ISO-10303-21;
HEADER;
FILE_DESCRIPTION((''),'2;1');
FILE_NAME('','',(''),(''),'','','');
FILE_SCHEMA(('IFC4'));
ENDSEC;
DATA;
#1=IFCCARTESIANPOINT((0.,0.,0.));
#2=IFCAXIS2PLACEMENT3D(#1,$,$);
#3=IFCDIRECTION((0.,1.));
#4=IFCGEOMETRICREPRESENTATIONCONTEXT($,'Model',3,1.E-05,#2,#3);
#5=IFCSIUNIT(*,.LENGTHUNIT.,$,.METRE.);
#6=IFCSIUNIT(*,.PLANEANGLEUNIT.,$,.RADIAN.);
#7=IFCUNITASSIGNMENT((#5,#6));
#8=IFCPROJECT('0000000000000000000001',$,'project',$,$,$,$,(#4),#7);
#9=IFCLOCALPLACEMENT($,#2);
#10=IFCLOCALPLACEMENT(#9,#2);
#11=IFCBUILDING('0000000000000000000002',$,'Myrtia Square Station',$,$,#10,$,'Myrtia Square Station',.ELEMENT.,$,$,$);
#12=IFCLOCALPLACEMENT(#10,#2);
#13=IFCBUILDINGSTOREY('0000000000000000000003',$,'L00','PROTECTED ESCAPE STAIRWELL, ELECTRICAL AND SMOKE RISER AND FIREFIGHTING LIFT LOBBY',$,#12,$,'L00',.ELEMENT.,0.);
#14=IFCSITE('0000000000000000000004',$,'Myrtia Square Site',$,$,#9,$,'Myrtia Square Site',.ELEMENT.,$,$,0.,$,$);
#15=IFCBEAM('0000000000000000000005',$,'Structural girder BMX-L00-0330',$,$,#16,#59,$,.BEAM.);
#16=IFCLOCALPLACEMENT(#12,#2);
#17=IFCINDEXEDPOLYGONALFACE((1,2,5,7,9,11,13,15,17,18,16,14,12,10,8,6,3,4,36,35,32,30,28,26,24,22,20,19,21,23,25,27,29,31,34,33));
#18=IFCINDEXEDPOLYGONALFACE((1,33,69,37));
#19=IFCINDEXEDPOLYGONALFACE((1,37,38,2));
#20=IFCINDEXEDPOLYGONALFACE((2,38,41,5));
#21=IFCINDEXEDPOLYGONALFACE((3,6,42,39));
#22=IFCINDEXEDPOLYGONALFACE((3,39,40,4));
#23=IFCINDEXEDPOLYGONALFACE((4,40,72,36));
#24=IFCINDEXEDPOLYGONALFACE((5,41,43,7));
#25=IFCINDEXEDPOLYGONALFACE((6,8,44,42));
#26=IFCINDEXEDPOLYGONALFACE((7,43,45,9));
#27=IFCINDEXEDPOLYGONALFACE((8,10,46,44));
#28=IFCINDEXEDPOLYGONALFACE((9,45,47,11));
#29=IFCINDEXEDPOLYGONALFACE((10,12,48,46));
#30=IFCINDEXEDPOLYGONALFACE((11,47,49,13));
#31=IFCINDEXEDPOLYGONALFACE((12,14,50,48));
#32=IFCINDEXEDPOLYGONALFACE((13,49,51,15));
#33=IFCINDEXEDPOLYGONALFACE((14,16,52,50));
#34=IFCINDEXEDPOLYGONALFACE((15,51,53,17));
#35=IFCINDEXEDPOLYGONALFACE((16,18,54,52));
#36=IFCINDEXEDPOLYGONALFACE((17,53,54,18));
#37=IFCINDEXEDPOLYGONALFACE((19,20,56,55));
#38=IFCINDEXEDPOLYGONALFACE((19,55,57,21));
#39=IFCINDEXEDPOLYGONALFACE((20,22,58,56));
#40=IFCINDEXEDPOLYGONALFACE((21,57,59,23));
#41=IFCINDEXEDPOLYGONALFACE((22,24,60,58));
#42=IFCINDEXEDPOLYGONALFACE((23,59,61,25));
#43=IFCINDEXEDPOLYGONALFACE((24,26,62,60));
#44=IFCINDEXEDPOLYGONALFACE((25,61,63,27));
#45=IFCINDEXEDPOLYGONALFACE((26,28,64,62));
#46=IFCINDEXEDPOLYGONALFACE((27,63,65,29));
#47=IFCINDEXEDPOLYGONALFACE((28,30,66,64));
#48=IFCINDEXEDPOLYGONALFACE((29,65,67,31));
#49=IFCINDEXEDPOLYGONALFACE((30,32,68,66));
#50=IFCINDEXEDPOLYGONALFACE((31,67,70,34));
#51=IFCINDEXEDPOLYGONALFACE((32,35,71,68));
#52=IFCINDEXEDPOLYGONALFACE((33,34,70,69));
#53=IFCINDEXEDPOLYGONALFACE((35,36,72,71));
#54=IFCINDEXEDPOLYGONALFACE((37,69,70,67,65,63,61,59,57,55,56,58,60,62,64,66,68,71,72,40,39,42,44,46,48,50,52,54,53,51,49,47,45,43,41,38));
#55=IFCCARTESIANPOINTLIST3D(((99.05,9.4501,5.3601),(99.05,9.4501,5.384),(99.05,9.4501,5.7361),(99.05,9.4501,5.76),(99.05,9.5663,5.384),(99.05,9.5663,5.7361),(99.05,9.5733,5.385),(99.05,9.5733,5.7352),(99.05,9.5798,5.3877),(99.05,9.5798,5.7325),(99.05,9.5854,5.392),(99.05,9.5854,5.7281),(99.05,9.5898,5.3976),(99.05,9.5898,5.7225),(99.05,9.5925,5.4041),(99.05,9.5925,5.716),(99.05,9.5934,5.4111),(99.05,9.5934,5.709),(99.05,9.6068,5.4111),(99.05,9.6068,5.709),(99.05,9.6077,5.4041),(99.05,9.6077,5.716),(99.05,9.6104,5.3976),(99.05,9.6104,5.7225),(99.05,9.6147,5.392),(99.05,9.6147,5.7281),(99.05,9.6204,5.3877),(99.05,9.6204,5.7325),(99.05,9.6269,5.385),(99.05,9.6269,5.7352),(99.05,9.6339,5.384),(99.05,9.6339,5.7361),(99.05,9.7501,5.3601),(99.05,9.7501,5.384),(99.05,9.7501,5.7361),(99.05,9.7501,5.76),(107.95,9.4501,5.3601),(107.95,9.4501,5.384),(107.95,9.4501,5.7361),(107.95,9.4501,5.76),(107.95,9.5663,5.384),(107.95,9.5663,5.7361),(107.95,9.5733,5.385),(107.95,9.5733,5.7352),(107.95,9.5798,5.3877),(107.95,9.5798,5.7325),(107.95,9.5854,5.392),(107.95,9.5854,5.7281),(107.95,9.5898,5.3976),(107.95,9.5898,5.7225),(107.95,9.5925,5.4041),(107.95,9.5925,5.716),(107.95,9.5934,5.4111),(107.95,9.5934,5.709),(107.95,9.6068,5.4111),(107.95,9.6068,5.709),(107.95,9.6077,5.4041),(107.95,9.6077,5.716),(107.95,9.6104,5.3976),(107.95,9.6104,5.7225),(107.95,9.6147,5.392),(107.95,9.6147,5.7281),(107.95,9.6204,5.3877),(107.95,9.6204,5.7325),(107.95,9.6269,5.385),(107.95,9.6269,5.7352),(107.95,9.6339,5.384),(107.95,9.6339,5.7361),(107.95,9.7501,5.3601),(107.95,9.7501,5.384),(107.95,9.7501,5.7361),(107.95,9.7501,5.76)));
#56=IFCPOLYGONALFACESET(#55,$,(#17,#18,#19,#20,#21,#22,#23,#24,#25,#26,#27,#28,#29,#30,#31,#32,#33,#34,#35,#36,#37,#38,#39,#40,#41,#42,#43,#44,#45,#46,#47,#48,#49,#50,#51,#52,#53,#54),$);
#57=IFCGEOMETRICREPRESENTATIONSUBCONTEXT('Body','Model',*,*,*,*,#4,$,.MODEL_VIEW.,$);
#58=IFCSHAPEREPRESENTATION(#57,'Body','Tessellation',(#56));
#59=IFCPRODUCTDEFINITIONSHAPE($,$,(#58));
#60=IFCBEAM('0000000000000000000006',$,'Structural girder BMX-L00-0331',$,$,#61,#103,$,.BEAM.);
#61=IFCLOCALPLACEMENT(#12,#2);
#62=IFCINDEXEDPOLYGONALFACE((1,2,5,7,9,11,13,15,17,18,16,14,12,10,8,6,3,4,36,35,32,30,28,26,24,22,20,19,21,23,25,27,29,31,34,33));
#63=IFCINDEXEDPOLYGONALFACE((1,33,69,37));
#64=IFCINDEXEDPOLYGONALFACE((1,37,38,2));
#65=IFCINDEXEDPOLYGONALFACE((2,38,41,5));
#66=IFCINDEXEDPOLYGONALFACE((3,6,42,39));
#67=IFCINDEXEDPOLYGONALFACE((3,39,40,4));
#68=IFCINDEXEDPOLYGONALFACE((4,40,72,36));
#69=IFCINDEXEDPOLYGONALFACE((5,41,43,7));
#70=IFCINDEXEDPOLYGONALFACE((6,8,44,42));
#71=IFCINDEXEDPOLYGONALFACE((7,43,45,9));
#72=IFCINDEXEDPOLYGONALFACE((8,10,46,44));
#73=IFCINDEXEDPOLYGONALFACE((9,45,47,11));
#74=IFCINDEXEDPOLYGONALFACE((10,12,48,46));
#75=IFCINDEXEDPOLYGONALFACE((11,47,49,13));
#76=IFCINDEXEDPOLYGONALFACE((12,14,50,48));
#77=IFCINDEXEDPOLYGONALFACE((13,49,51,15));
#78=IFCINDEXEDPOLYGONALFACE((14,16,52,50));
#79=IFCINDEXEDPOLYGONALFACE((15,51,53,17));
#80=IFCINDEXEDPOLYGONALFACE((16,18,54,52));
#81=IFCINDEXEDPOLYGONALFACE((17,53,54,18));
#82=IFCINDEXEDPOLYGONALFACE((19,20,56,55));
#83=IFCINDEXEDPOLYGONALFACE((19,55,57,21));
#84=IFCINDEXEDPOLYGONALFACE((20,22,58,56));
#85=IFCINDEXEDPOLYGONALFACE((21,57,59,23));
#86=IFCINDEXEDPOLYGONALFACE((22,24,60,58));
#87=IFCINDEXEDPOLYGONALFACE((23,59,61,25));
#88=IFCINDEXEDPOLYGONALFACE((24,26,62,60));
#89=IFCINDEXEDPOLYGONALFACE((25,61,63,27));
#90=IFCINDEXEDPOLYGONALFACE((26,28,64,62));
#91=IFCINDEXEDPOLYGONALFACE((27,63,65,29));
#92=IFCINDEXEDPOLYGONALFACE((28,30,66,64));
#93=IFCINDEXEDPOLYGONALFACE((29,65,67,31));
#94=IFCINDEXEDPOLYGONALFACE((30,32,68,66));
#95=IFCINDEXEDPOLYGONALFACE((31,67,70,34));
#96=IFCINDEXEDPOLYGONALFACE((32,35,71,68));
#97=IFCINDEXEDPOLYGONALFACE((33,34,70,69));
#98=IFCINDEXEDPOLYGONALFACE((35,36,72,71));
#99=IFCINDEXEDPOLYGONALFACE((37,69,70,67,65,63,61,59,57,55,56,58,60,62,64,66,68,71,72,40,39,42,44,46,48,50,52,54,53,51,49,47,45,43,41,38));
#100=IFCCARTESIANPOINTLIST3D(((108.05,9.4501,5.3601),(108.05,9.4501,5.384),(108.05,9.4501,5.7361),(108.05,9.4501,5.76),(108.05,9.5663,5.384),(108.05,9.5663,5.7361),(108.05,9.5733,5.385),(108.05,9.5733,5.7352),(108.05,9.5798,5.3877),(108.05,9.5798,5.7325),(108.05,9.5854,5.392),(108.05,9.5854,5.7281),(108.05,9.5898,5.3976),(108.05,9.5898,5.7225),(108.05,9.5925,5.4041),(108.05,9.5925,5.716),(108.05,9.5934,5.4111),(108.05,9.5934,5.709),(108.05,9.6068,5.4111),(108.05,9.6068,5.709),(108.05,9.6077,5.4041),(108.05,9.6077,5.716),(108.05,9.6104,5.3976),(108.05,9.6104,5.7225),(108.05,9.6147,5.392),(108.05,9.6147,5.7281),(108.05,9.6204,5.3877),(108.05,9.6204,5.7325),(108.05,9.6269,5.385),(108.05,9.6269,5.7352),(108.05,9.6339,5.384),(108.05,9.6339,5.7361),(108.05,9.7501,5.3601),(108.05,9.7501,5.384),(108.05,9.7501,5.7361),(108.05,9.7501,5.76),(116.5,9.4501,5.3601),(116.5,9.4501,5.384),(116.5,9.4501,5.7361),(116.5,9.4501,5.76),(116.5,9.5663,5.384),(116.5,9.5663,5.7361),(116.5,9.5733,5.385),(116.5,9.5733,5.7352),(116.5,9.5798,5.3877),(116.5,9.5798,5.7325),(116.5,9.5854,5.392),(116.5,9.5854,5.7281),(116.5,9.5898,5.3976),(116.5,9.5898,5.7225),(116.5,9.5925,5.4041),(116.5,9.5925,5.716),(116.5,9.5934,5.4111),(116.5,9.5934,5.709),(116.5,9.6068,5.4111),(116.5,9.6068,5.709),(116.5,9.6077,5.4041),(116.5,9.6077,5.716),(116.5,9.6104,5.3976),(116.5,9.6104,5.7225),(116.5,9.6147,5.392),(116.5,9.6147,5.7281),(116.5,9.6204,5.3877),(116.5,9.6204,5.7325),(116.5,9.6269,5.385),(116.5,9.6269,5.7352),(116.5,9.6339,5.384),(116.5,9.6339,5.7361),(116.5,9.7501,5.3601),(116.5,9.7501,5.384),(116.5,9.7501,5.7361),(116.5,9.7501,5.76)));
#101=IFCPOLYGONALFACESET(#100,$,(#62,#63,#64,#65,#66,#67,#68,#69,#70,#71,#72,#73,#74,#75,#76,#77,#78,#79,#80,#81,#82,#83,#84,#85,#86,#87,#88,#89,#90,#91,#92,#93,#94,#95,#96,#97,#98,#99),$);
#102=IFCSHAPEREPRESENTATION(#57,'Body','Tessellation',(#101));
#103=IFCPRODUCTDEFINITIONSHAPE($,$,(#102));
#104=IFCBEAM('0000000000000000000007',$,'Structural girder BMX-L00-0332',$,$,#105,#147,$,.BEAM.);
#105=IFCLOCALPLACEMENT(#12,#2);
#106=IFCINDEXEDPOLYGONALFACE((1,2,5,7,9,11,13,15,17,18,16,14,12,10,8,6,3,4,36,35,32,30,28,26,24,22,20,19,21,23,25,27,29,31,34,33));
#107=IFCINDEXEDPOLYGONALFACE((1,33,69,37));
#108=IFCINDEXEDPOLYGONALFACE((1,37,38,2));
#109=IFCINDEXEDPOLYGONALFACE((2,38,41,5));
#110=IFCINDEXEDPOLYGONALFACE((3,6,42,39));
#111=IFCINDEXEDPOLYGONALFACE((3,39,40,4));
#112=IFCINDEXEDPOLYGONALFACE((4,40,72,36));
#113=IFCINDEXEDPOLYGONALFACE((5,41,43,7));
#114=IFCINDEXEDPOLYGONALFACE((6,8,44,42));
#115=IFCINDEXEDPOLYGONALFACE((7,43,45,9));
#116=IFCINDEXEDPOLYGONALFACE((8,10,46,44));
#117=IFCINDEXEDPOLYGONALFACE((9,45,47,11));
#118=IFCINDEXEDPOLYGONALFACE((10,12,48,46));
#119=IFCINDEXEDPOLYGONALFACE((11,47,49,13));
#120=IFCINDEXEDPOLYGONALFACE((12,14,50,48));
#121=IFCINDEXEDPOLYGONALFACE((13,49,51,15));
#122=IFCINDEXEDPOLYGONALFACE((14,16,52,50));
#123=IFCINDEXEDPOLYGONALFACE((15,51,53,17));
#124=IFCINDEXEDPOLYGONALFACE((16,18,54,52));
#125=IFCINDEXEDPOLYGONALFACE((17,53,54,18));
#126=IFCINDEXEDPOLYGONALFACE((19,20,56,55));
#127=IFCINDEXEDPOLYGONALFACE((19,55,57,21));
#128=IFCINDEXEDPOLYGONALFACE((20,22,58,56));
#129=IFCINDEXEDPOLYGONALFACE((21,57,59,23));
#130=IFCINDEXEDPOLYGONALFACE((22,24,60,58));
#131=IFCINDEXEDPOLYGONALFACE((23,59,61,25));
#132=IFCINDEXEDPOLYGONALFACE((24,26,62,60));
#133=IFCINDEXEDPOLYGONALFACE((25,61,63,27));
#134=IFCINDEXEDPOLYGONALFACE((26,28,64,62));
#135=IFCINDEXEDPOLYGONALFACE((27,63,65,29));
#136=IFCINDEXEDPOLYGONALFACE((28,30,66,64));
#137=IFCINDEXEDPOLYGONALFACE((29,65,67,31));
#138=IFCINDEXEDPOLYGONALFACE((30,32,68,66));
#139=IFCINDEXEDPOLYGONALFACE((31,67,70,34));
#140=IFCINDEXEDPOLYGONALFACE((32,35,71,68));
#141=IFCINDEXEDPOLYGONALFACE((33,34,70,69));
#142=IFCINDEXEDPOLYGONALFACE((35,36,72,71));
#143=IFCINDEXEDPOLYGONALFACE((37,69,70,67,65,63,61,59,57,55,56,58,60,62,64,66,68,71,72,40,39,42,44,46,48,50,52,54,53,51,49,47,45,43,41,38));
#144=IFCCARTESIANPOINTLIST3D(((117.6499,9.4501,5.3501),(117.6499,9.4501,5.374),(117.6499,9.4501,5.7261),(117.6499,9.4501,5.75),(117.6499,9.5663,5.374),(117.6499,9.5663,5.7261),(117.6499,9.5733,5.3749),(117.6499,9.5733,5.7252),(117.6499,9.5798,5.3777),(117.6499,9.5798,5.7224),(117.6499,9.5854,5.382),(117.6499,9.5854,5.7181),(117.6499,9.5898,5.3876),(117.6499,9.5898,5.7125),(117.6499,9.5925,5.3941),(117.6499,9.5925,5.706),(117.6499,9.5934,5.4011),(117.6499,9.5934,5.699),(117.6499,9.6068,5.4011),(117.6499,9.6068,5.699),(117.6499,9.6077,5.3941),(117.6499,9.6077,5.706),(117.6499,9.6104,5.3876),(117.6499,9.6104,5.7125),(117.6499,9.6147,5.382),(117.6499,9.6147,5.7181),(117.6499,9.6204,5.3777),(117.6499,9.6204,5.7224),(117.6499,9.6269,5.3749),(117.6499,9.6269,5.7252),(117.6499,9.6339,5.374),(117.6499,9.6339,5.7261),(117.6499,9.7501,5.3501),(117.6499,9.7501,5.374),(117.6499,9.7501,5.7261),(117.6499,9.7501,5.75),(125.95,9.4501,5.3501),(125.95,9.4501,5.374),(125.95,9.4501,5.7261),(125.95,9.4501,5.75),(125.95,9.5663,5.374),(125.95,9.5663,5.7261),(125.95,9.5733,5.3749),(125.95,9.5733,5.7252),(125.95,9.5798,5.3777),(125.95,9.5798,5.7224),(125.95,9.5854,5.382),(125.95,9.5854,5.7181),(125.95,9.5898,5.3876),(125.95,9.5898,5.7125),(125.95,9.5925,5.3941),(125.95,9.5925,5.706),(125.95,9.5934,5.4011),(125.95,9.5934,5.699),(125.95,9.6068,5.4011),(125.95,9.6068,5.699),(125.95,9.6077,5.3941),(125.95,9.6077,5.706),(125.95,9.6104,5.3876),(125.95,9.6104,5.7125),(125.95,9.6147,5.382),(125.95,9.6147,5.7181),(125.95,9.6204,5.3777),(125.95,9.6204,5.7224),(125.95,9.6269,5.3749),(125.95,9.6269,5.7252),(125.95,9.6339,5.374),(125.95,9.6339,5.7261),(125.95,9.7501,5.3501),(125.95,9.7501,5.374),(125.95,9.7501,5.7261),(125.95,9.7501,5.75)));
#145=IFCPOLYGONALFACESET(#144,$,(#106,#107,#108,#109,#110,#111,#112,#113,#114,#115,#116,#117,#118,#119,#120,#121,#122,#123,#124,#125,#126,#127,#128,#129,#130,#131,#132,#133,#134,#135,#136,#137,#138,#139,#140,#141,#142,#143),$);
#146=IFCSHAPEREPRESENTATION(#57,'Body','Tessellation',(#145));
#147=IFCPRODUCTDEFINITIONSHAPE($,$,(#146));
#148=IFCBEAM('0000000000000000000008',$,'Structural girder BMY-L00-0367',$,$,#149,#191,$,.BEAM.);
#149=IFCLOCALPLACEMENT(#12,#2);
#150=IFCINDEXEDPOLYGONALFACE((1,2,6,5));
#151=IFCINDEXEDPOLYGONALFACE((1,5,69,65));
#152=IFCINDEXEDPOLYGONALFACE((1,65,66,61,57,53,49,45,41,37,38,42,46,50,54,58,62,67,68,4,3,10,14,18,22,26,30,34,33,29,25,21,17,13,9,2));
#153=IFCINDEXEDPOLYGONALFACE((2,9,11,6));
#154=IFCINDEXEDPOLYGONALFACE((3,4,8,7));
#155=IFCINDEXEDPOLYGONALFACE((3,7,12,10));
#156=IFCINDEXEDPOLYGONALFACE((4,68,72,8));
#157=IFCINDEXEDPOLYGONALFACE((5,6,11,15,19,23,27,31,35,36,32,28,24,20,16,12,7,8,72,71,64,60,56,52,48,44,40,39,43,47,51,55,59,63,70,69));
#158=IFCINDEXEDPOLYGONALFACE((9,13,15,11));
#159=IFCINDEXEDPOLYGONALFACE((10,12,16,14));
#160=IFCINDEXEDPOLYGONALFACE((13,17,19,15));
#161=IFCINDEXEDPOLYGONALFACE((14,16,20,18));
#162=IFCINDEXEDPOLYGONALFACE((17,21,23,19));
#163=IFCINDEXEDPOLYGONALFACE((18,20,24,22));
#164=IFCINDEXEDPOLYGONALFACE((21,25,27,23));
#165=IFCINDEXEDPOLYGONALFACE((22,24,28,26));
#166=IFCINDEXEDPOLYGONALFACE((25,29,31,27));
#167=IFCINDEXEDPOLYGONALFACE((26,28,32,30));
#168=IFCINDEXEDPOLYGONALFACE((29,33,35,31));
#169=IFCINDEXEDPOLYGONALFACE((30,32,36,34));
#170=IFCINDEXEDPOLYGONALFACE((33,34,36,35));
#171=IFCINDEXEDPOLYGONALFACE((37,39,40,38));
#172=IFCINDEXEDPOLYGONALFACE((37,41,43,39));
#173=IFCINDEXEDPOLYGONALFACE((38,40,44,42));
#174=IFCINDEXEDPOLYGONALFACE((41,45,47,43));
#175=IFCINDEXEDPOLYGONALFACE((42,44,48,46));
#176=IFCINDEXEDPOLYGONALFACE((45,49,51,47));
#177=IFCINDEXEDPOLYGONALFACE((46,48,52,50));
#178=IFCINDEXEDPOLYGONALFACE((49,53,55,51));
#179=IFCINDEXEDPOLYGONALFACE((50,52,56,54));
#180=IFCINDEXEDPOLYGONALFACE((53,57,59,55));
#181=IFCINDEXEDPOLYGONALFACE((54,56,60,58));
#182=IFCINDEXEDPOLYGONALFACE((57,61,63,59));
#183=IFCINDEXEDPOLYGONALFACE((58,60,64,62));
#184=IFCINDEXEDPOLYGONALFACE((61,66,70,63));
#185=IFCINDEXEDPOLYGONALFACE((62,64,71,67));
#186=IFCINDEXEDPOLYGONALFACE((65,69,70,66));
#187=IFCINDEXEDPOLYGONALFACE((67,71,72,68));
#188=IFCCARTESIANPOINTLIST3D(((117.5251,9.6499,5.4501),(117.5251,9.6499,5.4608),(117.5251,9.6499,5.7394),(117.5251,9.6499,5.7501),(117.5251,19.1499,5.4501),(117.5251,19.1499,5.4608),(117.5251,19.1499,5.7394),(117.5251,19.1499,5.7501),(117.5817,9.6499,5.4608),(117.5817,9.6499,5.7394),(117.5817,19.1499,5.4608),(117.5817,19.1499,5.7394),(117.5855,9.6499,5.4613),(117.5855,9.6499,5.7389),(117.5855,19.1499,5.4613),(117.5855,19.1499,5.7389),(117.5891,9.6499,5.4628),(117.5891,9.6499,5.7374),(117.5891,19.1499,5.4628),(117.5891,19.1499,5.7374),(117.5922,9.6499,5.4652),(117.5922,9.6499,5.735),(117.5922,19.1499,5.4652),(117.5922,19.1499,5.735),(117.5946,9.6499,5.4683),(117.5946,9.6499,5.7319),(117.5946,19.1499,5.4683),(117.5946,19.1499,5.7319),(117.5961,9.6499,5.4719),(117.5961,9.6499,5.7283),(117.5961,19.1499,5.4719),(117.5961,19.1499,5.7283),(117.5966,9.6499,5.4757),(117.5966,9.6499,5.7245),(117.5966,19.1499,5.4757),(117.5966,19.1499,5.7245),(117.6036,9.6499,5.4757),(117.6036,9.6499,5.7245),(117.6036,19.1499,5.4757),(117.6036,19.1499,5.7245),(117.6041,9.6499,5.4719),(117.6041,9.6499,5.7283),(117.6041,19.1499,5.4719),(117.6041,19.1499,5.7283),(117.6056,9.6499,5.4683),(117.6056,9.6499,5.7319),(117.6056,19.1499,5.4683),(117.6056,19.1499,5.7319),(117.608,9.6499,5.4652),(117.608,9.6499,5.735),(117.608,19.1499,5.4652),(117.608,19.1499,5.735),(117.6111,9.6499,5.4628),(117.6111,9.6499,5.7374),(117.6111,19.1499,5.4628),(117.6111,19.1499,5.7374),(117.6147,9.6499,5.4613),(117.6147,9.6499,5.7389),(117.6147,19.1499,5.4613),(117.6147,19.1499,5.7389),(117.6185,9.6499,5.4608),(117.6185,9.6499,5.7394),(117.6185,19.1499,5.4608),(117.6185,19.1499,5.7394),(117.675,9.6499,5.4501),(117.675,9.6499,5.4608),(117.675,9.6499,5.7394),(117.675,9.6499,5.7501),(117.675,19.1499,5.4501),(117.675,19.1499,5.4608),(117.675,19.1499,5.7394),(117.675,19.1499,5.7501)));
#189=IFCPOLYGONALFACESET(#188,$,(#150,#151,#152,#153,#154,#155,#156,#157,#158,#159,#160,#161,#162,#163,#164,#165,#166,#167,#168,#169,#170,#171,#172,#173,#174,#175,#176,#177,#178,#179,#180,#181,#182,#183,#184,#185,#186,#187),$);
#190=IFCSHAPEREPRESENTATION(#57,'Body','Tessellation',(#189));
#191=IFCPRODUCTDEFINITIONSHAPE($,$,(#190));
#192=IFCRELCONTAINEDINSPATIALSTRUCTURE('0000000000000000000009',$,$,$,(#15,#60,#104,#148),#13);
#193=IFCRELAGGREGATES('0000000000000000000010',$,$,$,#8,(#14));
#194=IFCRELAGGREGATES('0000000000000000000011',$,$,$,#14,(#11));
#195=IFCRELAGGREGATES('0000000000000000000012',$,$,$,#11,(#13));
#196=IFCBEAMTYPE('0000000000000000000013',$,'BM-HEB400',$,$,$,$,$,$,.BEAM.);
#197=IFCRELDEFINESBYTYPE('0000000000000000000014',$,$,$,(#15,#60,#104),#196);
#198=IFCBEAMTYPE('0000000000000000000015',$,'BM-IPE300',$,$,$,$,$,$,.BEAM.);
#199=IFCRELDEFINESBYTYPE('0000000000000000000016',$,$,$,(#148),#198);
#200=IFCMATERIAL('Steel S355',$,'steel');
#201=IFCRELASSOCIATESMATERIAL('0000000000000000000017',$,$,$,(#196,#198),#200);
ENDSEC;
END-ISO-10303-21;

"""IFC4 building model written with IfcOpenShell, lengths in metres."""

from ifc_helpers import new_model, si_unit, direction, frame, origin, origin_2d, place, context, subcontext, project, spatial, i_section, extrude, material, material_profile, profile_set, type_object, element, save


model = new_model("IFC4")

# Units and contexts
model_context = context("Model", 3, precision=1e-05, world=origin(), true_north=direction((0.0, 1.0)))
body_context = subcontext(model_context, "Body", "Model", "MODEL_VIEW")
ifc_project = project(units=[si_unit("LENGTHUNIT", "METRE"), si_unit("PLANEANGLEUNIT", "RADIAN")], contexts=[model_context])

# Site, building, storey
site_placement = place(None, origin())
site = spatial("IfcSite", under=ifc_project, at=site_placement, Name="Myrtia Square Site", LongName="Myrtia Square Site", CompositionType="ELEMENT", RefElevation=0.0)
building_placement = place(site_placement, origin())
building = spatial("IfcBuilding", under=site, at=building_placement, Name="Myrtia Square Station", LongName="Myrtia Square Station", CompositionType="ELEMENT")
storey_placement = place(building_placement, origin())
storey = spatial("IfcBuildingStorey", under=building, at=storey_placement, Name="L00", Description="PROTECTED ESCAPE STAIRWELL, ELECTRICAL AND SMOKE RISER AND FIREFIGHTING LIFT LOBBY", LongName="L00", CompositionType="ELEMENT", Elevation=0.0)

# Shared definitions
ifc_material_1 = material(Name="Steel S355", Category="steel")

# Beams
ifc_material_profile_1 = material_profile(ifc_material_1, i_section(OverallWidth=0.3, OverallDepth=0.3999, WebThickness=0.0134, FlangeThickness=0.0239, FilletRadius=0.0271, at=origin_2d()), Name="HEB 400")
ifc_profile_set_1 = profile_set([ifc_material_profile_1], Name="Steel S355")
beam_type_1 = type_object("IfcBeamType", Name="BM-HEB400", PredefinedType="BEAM", material=ifc_profile_set_1)
beam_1_placement = place(storey_placement, frame((99.05, 9.6001, 5.5601), z_axis=(1.0, 0.0, 0.0), x_axis=(0.0, 1.0, 0.0)))
element("IfcBeam", 1, at=beam_1_placement, inside=storey, type_object=beam_type_1, Name="Structural girder BMX-L00-0330", PredefinedType="BEAM", context=body_context, shape_type="SweptSolid", body=[
    extrude(i_section(OverallWidth=0.3, OverallDepth=0.3999, WebThickness=0.0134, FlangeThickness=0.0239, FilletRadius=0.0271, at=origin_2d()), origin(), (0.0, 0.0, 1.0), 8.8999),
])
beam_2_placement = place(storey_placement, frame((108.05, 9.6001, 5.5601), z_axis=(1.0, 0.0, 0.0), x_axis=(0.0, 1.0, 0.0)))
element("IfcBeam", 2, at=beam_2_placement, inside=storey, type_object=beam_type_1, Name="Structural girder BMX-L00-0331", PredefinedType="BEAM", context=body_context, shape_type="SweptSolid", body=[
    extrude(i_section(OverallWidth=0.3, OverallDepth=0.3999, WebThickness=0.0134, FlangeThickness=0.0239, FilletRadius=0.0271, at=origin_2d()), origin(), (0.0, 0.0, 1.0), 8.45),
])
beam_3_placement = place(storey_placement, frame((117.6499, 9.6001, 5.55), z_axis=(1.0, 0.0, 0.0), x_axis=(0.0, 1.0, 0.0)))
element("IfcBeam", 3, at=beam_3_placement, inside=storey, type_object=beam_type_1, Name="Structural girder BMX-L00-0332", PredefinedType="BEAM", context=body_context, shape_type="SweptSolid", body=[
    extrude(i_section(OverallWidth=0.3, OverallDepth=0.3999, WebThickness=0.0134, FlangeThickness=0.0239, FilletRadius=0.0271, at=origin_2d()), origin(), (0.0, 0.0, 1.0), 8.3),
])
ifc_material_profile_2 = material_profile(ifc_material_1, i_section(OverallWidth=0.1499, OverallDepth=0.3, WebThickness=0.0071, FlangeThickness=0.0107, FilletRadius=0.0149, at=origin_2d()), Name="IPE 300")
ifc_profile_set_2 = profile_set([ifc_material_profile_2], Name="Steel S355")
beam_type_2 = type_object("IfcBeamType", Name="BM-IPE300", PredefinedType="BEAM", material=ifc_profile_set_2)
beam_4_placement = place(storey_placement, frame((117.6001, 9.6499, 5.6001), z_axis=(0.0, 1.0, 0.0), x_axis=(-1.0, 0.0, 0.0)))
element("IfcBeam", 4, at=beam_4_placement, inside=storey, type_object=beam_type_2, Name="Structural girder BMY-L00-0367", PredefinedType="BEAM", context=body_context, shape_type="SweptSolid", body=[
    extrude(i_section(OverallWidth=0.1499, OverallDepth=0.3, WebThickness=0.0071, FlangeThickness=0.0107, FilletRadius=0.0149, at=origin_2d()), origin(), (0.0, 0.0, 1.0), 9.5),
])

save(model, "model.ifc")
